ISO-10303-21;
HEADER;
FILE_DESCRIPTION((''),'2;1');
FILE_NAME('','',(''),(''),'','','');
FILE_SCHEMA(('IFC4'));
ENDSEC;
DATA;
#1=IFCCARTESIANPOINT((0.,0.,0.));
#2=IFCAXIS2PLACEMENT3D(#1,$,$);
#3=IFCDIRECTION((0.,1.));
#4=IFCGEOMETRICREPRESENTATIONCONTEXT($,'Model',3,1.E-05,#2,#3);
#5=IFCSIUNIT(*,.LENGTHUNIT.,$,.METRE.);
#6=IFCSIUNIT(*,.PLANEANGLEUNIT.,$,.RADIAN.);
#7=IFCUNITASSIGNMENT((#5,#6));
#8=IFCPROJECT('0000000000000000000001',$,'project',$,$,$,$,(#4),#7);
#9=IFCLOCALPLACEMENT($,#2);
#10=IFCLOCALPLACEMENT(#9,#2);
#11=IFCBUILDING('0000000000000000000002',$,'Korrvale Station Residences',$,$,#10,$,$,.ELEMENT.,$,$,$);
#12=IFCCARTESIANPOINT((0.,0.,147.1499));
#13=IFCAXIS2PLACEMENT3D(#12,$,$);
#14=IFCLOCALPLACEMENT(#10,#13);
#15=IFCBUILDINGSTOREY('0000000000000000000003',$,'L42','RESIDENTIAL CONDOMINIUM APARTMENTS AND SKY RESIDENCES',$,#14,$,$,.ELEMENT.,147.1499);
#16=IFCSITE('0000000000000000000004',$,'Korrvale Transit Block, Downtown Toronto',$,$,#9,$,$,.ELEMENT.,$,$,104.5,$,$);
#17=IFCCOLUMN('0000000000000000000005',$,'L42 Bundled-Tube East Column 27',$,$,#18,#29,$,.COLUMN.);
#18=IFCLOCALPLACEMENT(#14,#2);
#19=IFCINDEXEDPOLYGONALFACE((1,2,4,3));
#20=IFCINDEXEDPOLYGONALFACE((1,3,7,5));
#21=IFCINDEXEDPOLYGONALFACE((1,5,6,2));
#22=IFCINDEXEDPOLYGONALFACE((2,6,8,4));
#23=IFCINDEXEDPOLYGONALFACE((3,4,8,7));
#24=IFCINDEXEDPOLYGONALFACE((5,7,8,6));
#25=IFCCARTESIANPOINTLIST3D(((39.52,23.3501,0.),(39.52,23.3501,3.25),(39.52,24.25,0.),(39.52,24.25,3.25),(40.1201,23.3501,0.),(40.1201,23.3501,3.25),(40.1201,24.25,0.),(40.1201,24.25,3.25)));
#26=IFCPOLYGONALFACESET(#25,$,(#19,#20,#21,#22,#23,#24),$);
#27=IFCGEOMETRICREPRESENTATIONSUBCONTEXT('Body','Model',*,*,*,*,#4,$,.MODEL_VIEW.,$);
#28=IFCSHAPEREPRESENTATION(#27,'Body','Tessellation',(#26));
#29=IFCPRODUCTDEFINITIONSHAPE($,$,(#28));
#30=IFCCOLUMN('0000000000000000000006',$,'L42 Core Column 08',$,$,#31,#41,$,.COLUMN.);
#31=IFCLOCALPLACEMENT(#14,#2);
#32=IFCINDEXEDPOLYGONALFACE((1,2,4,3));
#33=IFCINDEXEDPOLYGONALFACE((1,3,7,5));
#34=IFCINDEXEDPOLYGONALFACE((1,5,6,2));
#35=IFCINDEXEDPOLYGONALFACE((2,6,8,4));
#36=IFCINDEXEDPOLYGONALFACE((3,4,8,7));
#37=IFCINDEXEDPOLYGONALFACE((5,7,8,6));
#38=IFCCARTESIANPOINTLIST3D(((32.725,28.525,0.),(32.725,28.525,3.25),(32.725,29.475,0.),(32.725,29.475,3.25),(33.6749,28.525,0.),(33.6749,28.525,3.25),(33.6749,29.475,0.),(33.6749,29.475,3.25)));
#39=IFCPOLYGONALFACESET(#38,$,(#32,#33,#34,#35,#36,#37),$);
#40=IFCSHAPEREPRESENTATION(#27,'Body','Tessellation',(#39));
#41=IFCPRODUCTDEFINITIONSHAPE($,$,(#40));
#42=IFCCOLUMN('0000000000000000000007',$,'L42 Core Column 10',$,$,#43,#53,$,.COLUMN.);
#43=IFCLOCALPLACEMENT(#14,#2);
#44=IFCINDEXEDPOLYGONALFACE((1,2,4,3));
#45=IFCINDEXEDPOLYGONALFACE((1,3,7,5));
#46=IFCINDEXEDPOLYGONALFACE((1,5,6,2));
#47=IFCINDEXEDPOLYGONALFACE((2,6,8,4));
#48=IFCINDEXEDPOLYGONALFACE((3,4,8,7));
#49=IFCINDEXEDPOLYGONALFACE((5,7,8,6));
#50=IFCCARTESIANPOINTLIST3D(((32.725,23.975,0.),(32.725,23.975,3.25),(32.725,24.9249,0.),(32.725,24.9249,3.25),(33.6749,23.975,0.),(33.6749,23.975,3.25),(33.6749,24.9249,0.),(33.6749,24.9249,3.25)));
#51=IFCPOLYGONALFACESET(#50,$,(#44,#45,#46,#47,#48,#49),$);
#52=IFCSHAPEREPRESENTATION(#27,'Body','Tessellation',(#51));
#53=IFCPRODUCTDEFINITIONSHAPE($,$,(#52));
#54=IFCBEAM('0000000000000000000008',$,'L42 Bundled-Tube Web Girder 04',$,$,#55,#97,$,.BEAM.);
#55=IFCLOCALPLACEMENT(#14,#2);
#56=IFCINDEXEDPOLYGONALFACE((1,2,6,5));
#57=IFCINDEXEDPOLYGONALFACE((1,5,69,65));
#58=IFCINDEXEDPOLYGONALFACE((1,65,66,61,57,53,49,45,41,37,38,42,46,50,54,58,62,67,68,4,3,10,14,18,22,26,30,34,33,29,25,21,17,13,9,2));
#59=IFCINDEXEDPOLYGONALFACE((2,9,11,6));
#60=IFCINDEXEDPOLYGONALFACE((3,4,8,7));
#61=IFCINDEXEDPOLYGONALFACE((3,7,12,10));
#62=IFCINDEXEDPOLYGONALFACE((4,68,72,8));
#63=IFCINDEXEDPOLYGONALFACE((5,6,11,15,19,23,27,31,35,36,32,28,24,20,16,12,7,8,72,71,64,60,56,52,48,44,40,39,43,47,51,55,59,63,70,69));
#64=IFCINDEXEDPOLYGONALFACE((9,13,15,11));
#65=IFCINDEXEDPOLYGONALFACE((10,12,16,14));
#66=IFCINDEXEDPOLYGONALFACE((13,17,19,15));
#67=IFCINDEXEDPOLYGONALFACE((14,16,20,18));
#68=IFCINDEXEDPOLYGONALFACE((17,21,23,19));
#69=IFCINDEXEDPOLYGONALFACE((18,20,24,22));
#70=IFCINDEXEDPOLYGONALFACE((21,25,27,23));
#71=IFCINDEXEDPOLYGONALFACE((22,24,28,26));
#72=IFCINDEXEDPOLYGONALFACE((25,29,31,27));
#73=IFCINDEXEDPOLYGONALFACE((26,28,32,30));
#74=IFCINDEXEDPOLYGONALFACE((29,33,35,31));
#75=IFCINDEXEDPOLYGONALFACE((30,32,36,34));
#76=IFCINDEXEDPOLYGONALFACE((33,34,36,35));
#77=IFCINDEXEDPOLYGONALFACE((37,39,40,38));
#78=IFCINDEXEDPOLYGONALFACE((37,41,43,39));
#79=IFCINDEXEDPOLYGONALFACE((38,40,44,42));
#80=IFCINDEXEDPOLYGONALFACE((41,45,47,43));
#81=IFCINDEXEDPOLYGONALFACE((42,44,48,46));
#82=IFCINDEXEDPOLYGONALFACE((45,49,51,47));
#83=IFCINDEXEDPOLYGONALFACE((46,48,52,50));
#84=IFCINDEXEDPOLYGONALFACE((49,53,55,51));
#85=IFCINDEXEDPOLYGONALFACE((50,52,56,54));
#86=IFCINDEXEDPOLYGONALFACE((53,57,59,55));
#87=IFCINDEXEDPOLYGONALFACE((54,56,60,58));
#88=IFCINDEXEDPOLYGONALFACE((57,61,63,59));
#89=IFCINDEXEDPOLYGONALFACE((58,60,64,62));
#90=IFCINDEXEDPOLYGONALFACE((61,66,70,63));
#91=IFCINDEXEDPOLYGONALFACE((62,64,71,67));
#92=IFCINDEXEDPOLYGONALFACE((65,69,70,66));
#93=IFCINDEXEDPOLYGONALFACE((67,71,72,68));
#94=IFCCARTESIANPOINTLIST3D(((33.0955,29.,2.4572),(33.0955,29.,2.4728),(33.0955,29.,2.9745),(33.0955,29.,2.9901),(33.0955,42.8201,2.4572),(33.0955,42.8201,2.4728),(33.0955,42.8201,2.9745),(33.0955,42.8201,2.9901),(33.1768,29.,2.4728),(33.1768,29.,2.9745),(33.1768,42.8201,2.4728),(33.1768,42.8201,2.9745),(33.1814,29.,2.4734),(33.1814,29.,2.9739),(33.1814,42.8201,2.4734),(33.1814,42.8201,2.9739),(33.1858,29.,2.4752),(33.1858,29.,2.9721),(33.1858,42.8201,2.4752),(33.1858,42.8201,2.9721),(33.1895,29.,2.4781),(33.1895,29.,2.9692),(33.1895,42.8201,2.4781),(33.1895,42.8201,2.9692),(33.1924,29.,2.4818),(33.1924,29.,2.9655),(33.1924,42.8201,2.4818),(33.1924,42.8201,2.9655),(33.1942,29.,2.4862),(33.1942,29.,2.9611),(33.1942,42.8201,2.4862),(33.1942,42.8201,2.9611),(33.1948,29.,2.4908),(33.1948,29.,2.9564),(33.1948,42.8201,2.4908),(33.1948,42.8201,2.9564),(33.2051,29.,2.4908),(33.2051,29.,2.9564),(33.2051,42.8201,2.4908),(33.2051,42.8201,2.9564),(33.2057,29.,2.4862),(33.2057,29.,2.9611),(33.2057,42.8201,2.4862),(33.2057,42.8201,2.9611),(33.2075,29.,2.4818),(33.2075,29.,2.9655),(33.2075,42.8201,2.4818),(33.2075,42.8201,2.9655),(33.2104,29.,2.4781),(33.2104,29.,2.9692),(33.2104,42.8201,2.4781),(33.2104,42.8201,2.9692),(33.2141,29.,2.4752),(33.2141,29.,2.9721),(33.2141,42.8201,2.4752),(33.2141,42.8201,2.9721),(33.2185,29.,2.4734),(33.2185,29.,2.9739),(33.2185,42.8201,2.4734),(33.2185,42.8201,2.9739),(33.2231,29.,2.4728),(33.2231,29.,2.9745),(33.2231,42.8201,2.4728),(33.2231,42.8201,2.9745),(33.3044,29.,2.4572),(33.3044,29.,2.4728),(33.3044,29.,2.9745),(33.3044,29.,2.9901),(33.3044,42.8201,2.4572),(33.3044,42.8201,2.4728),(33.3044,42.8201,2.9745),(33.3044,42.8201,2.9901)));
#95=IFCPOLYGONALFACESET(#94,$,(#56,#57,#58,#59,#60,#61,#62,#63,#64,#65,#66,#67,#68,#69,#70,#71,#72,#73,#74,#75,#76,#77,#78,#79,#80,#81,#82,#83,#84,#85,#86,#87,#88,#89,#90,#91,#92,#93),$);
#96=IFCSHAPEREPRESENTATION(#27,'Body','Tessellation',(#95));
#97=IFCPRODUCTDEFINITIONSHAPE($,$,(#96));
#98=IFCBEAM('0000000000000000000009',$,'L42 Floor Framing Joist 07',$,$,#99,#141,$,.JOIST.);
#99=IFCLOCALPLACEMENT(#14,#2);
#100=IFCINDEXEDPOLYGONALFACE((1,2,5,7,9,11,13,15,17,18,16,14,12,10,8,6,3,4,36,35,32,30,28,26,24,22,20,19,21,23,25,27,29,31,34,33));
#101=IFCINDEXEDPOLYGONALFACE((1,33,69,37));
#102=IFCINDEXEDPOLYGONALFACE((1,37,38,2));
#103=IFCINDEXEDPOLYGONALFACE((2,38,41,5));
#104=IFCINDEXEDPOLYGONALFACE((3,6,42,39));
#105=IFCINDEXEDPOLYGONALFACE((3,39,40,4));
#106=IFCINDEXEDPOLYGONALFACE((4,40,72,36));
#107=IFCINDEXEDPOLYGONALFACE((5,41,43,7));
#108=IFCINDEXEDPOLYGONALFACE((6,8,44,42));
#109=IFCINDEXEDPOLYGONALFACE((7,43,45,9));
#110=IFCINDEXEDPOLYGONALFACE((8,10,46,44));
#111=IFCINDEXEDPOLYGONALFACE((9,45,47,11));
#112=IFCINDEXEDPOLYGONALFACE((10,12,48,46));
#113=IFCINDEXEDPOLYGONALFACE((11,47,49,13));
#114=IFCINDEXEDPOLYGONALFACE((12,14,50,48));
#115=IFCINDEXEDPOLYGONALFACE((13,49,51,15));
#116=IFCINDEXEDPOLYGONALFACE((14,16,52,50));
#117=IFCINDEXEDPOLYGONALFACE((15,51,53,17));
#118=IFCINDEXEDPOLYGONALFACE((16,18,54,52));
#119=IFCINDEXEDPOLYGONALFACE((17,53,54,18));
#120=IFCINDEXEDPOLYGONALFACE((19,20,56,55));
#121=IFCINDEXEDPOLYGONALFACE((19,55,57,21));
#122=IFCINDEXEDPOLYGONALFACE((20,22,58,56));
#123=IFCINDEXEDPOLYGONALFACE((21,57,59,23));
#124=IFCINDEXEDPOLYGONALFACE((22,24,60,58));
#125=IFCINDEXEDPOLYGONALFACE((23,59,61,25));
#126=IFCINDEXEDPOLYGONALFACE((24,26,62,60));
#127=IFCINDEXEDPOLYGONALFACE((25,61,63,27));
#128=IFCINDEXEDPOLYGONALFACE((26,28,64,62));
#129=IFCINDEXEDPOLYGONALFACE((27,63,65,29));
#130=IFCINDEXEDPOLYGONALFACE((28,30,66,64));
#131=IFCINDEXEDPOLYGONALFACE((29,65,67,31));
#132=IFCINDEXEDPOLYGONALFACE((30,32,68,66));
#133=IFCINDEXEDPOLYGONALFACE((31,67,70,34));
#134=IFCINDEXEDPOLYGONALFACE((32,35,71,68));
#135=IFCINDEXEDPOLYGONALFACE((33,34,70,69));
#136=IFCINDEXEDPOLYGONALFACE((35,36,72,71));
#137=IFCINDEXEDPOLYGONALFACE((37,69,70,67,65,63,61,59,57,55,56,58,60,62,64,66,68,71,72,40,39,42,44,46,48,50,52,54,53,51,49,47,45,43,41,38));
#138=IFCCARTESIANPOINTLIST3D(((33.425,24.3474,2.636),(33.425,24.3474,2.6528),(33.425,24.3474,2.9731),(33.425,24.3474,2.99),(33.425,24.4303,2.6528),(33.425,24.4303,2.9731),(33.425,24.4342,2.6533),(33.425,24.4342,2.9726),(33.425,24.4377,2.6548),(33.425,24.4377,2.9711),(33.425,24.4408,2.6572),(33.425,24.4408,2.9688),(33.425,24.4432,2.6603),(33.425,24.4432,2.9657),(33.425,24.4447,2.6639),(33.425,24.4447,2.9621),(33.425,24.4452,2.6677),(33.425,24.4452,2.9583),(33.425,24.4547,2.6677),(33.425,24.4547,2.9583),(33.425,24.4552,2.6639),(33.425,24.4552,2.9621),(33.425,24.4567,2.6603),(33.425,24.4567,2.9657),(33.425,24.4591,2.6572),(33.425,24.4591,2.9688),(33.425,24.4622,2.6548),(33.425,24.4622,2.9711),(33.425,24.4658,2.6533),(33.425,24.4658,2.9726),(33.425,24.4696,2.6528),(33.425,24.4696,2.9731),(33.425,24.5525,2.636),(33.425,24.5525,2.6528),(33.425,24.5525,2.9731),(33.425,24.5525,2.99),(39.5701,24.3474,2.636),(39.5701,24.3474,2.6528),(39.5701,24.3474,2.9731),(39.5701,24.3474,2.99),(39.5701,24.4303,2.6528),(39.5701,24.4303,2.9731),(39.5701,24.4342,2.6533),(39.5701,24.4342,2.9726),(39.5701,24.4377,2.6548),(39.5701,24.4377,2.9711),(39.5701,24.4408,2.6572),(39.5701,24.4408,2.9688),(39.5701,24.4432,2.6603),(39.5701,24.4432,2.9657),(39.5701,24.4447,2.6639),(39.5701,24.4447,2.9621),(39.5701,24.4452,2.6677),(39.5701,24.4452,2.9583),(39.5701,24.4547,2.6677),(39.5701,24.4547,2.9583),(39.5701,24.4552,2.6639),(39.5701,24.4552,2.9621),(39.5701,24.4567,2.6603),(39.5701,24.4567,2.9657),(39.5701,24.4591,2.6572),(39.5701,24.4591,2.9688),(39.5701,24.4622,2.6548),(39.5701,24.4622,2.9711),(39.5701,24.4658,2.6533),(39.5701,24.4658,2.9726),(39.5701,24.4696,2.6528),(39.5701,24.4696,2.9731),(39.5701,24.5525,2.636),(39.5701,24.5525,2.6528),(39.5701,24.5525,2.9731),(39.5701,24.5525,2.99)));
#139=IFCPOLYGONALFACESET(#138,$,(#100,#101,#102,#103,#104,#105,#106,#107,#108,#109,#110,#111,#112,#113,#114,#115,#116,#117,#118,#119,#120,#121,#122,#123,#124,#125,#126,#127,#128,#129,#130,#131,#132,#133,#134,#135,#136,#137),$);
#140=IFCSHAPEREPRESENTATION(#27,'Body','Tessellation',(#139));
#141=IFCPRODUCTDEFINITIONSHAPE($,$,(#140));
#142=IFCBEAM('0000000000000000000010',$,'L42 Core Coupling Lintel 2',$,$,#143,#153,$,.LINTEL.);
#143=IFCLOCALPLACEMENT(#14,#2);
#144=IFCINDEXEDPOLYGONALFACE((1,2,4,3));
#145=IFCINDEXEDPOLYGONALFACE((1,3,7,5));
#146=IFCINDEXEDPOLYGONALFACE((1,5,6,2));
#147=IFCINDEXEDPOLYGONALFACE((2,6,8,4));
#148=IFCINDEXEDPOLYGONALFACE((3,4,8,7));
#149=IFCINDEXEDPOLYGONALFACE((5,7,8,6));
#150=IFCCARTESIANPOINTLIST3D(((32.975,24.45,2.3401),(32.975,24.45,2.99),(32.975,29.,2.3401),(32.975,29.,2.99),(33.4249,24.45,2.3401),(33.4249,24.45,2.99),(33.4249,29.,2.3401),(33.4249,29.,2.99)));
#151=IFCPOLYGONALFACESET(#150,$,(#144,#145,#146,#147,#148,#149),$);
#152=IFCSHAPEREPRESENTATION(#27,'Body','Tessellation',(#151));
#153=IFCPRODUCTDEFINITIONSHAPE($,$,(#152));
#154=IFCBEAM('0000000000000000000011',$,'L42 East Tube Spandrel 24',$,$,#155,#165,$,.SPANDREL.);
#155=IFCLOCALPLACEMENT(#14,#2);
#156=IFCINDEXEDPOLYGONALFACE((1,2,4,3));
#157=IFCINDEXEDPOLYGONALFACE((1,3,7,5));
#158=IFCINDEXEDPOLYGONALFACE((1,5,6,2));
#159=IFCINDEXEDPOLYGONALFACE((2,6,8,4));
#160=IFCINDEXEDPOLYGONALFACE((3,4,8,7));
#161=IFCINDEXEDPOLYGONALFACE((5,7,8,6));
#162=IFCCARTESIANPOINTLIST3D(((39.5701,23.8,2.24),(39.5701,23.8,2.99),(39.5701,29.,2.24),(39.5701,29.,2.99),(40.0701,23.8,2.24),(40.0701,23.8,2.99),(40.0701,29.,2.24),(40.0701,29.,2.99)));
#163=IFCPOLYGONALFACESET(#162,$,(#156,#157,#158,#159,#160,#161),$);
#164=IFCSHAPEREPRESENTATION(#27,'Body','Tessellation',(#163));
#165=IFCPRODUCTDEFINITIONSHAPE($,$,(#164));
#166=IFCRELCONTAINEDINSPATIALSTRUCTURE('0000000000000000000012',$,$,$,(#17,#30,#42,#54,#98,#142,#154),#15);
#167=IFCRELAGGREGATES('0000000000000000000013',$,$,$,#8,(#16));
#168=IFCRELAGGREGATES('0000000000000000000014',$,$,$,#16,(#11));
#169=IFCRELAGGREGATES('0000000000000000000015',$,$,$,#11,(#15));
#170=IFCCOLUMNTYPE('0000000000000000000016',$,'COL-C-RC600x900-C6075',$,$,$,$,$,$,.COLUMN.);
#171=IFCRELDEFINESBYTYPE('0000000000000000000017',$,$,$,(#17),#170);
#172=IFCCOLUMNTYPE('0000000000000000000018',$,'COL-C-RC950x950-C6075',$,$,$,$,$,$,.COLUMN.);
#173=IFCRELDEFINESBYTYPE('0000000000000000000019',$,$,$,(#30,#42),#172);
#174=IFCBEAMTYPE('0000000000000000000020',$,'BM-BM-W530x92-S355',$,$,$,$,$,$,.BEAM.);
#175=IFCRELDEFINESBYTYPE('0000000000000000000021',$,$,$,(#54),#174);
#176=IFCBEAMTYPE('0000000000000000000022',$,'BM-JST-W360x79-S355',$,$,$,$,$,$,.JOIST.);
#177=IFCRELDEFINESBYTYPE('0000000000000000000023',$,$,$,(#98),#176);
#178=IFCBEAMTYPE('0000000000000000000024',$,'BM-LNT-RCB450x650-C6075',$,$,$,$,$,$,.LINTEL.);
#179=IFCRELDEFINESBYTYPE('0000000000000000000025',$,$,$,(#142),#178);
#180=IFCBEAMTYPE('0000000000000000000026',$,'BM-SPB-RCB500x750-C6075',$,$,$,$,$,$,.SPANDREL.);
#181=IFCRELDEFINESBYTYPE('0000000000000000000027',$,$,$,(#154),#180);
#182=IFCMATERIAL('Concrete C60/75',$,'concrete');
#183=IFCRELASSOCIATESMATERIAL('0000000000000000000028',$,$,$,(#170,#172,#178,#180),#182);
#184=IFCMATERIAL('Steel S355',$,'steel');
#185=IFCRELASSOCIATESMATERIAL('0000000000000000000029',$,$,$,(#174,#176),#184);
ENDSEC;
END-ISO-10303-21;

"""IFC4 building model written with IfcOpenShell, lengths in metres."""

from ifc_helpers import new_model, si_unit, direction, frame, origin, origin_2d, place, context, subcontext, project, spatial, rectangle, i_section, extrude, material, material_profile, profile_set, type_object, element, save


model = new_model("IFC4")

# Units and contexts
model_context = context("Model", 3, precision=1e-05, world=origin(), true_north=direction((0.0, 1.0)))
body_context = subcontext(model_context, "Body", "Model", "MODEL_VIEW")
ifc_project = project(units=[si_unit("LENGTHUNIT", "METRE"), si_unit("PLANEANGLEUNIT", "RADIAN")], contexts=[model_context])

# Site, building, storey
site_placement = place(None, origin())
site = spatial("IfcSite", under=ifc_project, at=site_placement, Name="Korrvale Transit Block, Downtown Toronto", CompositionType="ELEMENT", RefElevation=104.5)
building_placement = place(site_placement, origin())
building = spatial("IfcBuilding", under=site, at=building_placement, Name="Korrvale Station Residences", CompositionType="ELEMENT")
storey_placement = place(building_placement, frame((0.0, 0.0, 147.1499)))
storey = spatial("IfcBuildingStorey", under=building, at=storey_placement, Name="L42", Description="RESIDENTIAL CONDOMINIUM APARTMENTS AND SKY RESIDENCES", CompositionType="ELEMENT", Elevation=147.1499)

# Columns
ifc_material_1 = material(Name="Concrete C60/75", Category="concrete")
ifc_material_profile_1 = material_profile(ifc_material_1, rectangle(XDim=0.6001, YDim=0.8999, at=origin_2d()), Name="RC600x900")
ifc_profile_set_1 = profile_set([ifc_material_profile_1], Name="Concrete C60/75")
column_type_1 = type_object("IfcColumnType", Name="COL-C-RC600x900-C6075", PredefinedType="COLUMN", material=ifc_profile_set_1)
column_placement = place(storey_placement, frame((39.8201, 23.8, 0.0), z_axis=(0.0, 0.0, 1.0), x_axis=(1.0, 0.0, 0.0)))
element("IfcColumn", 1, at=column_placement, inside=storey, type_object=column_type_1, Name="L42 Bundled-Tube East Column 27", PredefinedType="COLUMN", context=body_context, shape_type="SweptSolid", body=[
    extrude(rectangle(XDim=0.6001, YDim=0.8999, at=origin_2d()), origin(), (0.0, 0.0, 1.0), 3.25),
])
ifc_material_profile_2 = material_profile(ifc_material_1, rectangle(XDim=0.95, YDim=0.95, at=origin_2d()), Name="RC950x950")
ifc_profile_set_2 = profile_set([ifc_material_profile_2], Name="Concrete C60/75")
column_type_2 = type_object("IfcColumnType", Name="COL-C-RC950x950-C6075", PredefinedType="COLUMN", material=ifc_profile_set_2)
for number, where, z_axis, x_axis, name in (
    (2, (33.2, 29.0, 0.0), (0.0, 0.0, 1.0), (1.0, 0.0, 0.0), "L42 Core Column 08"),
    (3, (33.2, 24.45, 0.0), (0.0, 0.0, 1.0), (1.0, 0.0, 0.0), "L42 Core Column 10"),
):
    element("IfcColumn", number, at=place(storey_placement, frame(where, z_axis=z_axis, x_axis=x_axis)), inside=storey, type_object=column_type_2, Name=name, PredefinedType="COLUMN", context=body_context, shape_type="SweptSolid", body=[
        extrude(rectangle(XDim=0.95, YDim=0.95, at=origin_2d()), origin(), (0.0, 0.0, 1.0), 3.25),
    ])

# Beams
ifc_material_2 = material(Name="Steel S355", Category="steel")
ifc_material_profile_3 = material_profile(ifc_material_2, i_section(OverallWidth=0.209, OverallDepth=0.533, WebThickness=0.0103, FlangeThickness=0.0156, FilletRadius=0.0181, at=origin_2d()), Name="W530x92")
ifc_profile_set_3 = profile_set([ifc_material_profile_3], Name="Steel S355")
beam_type_1 = type_object("IfcBeamType", Name="BM-BM-W530x92-S355", PredefinedType="BEAM", material=ifc_profile_set_3)
beam_1_placement = place(storey_placement, frame((33.2, 29.0, 2.7236), z_axis=(0.0, 1.0, 0.0), x_axis=(-1.0, 0.0, 0.0)))
element("IfcBeam", 4, at=beam_1_placement, inside=storey, type_object=beam_type_1, Name="L42 Bundled-Tube Web Girder 04", PredefinedType="BEAM", context=body_context, shape_type="SweptSolid", body=[
    extrude(i_section(OverallWidth=0.209, OverallDepth=0.533, WebThickness=0.0103, FlangeThickness=0.0156, FilletRadius=0.0181, at=origin_2d()), origin(), (0.0, 0.0, 1.0), 13.8201),
])
ifc_material_profile_4 = material_profile(ifc_material_2, i_section(OverallWidth=0.2051, OverallDepth=0.354, WebThickness=0.0095, FlangeThickness=0.0168, FilletRadius=0.0149, at=origin_2d()), Name="W360x79")
ifc_profile_set_4 = profile_set([ifc_material_profile_4], Name="Steel S355")
beam_type_2 = type_object("IfcBeamType", Name="BM-JST-W360x79-S355", PredefinedType="JOIST", material=ifc_profile_set_4)
beam_2_placement = place(storey_placement, frame((33.425, 24.45, 2.813), z_axis=(1.0, 0.0, 0.0), x_axis=(0.0, 1.0, 0.0)))
element("IfcBeam", 5, at=beam_2_placement, inside=storey, type_object=beam_type_2, Name="L42 Floor Framing Joist 07", PredefinedType="JOIST", context=body_context, shape_type="SweptSolid", body=[
    extrude(i_section(OverallWidth=0.2051, OverallDepth=0.354, WebThickness=0.0095, FlangeThickness=0.0168, FilletRadius=0.0149, at=origin_2d()), origin(), (0.0, 0.0, 1.0), 6.145),
])
ifc_material_profile_5 = material_profile(ifc_material_1, rectangle(XDim=0.45, YDim=0.6499, at=origin_2d()), Name="RCB450x650")
ifc_profile_set_5 = profile_set([ifc_material_profile_5], Name="Concrete C60/75")
beam_type_3 = type_object("IfcBeamType", Name="BM-LNT-RCB450x650-C6075", PredefinedType="LINTEL", material=ifc_profile_set_5)
beam_3_placement = place(storey_placement, frame((33.2, 24.45, 2.665), z_axis=(0.0, 1.0, 0.0), x_axis=(-1.0, 0.0, 0.0)))
element("IfcBeam", 6, at=beam_3_placement, inside=storey, type_object=beam_type_3, Name="L42 Core Coupling Lintel 2", PredefinedType="LINTEL", context=body_context, shape_type="SweptSolid", body=[
    extrude(rectangle(XDim=0.45, YDim=0.6499, at=origin_2d()), origin(), (0.0, 0.0, 1.0), 4.55),
])
ifc_material_profile_6 = material_profile(ifc_material_1, rectangle(XDim=0.5, YDim=0.75, at=origin_2d()), Name="RCB500x750")
ifc_profile_set_6 = profile_set([ifc_material_profile_6], Name="Concrete C60/75")
beam_type_4 = type_object("IfcBeamType", Name="BM-SPB-RCB500x750-C6075", PredefinedType="SPANDREL", material=ifc_profile_set_6)
beam_4_placement = place(storey_placement, frame((39.8201, 23.8, 2.615), z_axis=(0.0, 1.0, 0.0), x_axis=(-1.0, 0.0, 0.0)))
element("IfcBeam", 7, at=beam_4_placement, inside=storey, type_object=beam_type_4, Name="L42 East Tube Spandrel 24", PredefinedType="SPANDREL", context=body_context, shape_type="SweptSolid", body=[
    extrude(rectangle(XDim=0.5, YDim=0.75, at=origin_2d()), origin(), (0.0, 0.0, 1.0), 5.2),
])

save(model, "model.ifc")
